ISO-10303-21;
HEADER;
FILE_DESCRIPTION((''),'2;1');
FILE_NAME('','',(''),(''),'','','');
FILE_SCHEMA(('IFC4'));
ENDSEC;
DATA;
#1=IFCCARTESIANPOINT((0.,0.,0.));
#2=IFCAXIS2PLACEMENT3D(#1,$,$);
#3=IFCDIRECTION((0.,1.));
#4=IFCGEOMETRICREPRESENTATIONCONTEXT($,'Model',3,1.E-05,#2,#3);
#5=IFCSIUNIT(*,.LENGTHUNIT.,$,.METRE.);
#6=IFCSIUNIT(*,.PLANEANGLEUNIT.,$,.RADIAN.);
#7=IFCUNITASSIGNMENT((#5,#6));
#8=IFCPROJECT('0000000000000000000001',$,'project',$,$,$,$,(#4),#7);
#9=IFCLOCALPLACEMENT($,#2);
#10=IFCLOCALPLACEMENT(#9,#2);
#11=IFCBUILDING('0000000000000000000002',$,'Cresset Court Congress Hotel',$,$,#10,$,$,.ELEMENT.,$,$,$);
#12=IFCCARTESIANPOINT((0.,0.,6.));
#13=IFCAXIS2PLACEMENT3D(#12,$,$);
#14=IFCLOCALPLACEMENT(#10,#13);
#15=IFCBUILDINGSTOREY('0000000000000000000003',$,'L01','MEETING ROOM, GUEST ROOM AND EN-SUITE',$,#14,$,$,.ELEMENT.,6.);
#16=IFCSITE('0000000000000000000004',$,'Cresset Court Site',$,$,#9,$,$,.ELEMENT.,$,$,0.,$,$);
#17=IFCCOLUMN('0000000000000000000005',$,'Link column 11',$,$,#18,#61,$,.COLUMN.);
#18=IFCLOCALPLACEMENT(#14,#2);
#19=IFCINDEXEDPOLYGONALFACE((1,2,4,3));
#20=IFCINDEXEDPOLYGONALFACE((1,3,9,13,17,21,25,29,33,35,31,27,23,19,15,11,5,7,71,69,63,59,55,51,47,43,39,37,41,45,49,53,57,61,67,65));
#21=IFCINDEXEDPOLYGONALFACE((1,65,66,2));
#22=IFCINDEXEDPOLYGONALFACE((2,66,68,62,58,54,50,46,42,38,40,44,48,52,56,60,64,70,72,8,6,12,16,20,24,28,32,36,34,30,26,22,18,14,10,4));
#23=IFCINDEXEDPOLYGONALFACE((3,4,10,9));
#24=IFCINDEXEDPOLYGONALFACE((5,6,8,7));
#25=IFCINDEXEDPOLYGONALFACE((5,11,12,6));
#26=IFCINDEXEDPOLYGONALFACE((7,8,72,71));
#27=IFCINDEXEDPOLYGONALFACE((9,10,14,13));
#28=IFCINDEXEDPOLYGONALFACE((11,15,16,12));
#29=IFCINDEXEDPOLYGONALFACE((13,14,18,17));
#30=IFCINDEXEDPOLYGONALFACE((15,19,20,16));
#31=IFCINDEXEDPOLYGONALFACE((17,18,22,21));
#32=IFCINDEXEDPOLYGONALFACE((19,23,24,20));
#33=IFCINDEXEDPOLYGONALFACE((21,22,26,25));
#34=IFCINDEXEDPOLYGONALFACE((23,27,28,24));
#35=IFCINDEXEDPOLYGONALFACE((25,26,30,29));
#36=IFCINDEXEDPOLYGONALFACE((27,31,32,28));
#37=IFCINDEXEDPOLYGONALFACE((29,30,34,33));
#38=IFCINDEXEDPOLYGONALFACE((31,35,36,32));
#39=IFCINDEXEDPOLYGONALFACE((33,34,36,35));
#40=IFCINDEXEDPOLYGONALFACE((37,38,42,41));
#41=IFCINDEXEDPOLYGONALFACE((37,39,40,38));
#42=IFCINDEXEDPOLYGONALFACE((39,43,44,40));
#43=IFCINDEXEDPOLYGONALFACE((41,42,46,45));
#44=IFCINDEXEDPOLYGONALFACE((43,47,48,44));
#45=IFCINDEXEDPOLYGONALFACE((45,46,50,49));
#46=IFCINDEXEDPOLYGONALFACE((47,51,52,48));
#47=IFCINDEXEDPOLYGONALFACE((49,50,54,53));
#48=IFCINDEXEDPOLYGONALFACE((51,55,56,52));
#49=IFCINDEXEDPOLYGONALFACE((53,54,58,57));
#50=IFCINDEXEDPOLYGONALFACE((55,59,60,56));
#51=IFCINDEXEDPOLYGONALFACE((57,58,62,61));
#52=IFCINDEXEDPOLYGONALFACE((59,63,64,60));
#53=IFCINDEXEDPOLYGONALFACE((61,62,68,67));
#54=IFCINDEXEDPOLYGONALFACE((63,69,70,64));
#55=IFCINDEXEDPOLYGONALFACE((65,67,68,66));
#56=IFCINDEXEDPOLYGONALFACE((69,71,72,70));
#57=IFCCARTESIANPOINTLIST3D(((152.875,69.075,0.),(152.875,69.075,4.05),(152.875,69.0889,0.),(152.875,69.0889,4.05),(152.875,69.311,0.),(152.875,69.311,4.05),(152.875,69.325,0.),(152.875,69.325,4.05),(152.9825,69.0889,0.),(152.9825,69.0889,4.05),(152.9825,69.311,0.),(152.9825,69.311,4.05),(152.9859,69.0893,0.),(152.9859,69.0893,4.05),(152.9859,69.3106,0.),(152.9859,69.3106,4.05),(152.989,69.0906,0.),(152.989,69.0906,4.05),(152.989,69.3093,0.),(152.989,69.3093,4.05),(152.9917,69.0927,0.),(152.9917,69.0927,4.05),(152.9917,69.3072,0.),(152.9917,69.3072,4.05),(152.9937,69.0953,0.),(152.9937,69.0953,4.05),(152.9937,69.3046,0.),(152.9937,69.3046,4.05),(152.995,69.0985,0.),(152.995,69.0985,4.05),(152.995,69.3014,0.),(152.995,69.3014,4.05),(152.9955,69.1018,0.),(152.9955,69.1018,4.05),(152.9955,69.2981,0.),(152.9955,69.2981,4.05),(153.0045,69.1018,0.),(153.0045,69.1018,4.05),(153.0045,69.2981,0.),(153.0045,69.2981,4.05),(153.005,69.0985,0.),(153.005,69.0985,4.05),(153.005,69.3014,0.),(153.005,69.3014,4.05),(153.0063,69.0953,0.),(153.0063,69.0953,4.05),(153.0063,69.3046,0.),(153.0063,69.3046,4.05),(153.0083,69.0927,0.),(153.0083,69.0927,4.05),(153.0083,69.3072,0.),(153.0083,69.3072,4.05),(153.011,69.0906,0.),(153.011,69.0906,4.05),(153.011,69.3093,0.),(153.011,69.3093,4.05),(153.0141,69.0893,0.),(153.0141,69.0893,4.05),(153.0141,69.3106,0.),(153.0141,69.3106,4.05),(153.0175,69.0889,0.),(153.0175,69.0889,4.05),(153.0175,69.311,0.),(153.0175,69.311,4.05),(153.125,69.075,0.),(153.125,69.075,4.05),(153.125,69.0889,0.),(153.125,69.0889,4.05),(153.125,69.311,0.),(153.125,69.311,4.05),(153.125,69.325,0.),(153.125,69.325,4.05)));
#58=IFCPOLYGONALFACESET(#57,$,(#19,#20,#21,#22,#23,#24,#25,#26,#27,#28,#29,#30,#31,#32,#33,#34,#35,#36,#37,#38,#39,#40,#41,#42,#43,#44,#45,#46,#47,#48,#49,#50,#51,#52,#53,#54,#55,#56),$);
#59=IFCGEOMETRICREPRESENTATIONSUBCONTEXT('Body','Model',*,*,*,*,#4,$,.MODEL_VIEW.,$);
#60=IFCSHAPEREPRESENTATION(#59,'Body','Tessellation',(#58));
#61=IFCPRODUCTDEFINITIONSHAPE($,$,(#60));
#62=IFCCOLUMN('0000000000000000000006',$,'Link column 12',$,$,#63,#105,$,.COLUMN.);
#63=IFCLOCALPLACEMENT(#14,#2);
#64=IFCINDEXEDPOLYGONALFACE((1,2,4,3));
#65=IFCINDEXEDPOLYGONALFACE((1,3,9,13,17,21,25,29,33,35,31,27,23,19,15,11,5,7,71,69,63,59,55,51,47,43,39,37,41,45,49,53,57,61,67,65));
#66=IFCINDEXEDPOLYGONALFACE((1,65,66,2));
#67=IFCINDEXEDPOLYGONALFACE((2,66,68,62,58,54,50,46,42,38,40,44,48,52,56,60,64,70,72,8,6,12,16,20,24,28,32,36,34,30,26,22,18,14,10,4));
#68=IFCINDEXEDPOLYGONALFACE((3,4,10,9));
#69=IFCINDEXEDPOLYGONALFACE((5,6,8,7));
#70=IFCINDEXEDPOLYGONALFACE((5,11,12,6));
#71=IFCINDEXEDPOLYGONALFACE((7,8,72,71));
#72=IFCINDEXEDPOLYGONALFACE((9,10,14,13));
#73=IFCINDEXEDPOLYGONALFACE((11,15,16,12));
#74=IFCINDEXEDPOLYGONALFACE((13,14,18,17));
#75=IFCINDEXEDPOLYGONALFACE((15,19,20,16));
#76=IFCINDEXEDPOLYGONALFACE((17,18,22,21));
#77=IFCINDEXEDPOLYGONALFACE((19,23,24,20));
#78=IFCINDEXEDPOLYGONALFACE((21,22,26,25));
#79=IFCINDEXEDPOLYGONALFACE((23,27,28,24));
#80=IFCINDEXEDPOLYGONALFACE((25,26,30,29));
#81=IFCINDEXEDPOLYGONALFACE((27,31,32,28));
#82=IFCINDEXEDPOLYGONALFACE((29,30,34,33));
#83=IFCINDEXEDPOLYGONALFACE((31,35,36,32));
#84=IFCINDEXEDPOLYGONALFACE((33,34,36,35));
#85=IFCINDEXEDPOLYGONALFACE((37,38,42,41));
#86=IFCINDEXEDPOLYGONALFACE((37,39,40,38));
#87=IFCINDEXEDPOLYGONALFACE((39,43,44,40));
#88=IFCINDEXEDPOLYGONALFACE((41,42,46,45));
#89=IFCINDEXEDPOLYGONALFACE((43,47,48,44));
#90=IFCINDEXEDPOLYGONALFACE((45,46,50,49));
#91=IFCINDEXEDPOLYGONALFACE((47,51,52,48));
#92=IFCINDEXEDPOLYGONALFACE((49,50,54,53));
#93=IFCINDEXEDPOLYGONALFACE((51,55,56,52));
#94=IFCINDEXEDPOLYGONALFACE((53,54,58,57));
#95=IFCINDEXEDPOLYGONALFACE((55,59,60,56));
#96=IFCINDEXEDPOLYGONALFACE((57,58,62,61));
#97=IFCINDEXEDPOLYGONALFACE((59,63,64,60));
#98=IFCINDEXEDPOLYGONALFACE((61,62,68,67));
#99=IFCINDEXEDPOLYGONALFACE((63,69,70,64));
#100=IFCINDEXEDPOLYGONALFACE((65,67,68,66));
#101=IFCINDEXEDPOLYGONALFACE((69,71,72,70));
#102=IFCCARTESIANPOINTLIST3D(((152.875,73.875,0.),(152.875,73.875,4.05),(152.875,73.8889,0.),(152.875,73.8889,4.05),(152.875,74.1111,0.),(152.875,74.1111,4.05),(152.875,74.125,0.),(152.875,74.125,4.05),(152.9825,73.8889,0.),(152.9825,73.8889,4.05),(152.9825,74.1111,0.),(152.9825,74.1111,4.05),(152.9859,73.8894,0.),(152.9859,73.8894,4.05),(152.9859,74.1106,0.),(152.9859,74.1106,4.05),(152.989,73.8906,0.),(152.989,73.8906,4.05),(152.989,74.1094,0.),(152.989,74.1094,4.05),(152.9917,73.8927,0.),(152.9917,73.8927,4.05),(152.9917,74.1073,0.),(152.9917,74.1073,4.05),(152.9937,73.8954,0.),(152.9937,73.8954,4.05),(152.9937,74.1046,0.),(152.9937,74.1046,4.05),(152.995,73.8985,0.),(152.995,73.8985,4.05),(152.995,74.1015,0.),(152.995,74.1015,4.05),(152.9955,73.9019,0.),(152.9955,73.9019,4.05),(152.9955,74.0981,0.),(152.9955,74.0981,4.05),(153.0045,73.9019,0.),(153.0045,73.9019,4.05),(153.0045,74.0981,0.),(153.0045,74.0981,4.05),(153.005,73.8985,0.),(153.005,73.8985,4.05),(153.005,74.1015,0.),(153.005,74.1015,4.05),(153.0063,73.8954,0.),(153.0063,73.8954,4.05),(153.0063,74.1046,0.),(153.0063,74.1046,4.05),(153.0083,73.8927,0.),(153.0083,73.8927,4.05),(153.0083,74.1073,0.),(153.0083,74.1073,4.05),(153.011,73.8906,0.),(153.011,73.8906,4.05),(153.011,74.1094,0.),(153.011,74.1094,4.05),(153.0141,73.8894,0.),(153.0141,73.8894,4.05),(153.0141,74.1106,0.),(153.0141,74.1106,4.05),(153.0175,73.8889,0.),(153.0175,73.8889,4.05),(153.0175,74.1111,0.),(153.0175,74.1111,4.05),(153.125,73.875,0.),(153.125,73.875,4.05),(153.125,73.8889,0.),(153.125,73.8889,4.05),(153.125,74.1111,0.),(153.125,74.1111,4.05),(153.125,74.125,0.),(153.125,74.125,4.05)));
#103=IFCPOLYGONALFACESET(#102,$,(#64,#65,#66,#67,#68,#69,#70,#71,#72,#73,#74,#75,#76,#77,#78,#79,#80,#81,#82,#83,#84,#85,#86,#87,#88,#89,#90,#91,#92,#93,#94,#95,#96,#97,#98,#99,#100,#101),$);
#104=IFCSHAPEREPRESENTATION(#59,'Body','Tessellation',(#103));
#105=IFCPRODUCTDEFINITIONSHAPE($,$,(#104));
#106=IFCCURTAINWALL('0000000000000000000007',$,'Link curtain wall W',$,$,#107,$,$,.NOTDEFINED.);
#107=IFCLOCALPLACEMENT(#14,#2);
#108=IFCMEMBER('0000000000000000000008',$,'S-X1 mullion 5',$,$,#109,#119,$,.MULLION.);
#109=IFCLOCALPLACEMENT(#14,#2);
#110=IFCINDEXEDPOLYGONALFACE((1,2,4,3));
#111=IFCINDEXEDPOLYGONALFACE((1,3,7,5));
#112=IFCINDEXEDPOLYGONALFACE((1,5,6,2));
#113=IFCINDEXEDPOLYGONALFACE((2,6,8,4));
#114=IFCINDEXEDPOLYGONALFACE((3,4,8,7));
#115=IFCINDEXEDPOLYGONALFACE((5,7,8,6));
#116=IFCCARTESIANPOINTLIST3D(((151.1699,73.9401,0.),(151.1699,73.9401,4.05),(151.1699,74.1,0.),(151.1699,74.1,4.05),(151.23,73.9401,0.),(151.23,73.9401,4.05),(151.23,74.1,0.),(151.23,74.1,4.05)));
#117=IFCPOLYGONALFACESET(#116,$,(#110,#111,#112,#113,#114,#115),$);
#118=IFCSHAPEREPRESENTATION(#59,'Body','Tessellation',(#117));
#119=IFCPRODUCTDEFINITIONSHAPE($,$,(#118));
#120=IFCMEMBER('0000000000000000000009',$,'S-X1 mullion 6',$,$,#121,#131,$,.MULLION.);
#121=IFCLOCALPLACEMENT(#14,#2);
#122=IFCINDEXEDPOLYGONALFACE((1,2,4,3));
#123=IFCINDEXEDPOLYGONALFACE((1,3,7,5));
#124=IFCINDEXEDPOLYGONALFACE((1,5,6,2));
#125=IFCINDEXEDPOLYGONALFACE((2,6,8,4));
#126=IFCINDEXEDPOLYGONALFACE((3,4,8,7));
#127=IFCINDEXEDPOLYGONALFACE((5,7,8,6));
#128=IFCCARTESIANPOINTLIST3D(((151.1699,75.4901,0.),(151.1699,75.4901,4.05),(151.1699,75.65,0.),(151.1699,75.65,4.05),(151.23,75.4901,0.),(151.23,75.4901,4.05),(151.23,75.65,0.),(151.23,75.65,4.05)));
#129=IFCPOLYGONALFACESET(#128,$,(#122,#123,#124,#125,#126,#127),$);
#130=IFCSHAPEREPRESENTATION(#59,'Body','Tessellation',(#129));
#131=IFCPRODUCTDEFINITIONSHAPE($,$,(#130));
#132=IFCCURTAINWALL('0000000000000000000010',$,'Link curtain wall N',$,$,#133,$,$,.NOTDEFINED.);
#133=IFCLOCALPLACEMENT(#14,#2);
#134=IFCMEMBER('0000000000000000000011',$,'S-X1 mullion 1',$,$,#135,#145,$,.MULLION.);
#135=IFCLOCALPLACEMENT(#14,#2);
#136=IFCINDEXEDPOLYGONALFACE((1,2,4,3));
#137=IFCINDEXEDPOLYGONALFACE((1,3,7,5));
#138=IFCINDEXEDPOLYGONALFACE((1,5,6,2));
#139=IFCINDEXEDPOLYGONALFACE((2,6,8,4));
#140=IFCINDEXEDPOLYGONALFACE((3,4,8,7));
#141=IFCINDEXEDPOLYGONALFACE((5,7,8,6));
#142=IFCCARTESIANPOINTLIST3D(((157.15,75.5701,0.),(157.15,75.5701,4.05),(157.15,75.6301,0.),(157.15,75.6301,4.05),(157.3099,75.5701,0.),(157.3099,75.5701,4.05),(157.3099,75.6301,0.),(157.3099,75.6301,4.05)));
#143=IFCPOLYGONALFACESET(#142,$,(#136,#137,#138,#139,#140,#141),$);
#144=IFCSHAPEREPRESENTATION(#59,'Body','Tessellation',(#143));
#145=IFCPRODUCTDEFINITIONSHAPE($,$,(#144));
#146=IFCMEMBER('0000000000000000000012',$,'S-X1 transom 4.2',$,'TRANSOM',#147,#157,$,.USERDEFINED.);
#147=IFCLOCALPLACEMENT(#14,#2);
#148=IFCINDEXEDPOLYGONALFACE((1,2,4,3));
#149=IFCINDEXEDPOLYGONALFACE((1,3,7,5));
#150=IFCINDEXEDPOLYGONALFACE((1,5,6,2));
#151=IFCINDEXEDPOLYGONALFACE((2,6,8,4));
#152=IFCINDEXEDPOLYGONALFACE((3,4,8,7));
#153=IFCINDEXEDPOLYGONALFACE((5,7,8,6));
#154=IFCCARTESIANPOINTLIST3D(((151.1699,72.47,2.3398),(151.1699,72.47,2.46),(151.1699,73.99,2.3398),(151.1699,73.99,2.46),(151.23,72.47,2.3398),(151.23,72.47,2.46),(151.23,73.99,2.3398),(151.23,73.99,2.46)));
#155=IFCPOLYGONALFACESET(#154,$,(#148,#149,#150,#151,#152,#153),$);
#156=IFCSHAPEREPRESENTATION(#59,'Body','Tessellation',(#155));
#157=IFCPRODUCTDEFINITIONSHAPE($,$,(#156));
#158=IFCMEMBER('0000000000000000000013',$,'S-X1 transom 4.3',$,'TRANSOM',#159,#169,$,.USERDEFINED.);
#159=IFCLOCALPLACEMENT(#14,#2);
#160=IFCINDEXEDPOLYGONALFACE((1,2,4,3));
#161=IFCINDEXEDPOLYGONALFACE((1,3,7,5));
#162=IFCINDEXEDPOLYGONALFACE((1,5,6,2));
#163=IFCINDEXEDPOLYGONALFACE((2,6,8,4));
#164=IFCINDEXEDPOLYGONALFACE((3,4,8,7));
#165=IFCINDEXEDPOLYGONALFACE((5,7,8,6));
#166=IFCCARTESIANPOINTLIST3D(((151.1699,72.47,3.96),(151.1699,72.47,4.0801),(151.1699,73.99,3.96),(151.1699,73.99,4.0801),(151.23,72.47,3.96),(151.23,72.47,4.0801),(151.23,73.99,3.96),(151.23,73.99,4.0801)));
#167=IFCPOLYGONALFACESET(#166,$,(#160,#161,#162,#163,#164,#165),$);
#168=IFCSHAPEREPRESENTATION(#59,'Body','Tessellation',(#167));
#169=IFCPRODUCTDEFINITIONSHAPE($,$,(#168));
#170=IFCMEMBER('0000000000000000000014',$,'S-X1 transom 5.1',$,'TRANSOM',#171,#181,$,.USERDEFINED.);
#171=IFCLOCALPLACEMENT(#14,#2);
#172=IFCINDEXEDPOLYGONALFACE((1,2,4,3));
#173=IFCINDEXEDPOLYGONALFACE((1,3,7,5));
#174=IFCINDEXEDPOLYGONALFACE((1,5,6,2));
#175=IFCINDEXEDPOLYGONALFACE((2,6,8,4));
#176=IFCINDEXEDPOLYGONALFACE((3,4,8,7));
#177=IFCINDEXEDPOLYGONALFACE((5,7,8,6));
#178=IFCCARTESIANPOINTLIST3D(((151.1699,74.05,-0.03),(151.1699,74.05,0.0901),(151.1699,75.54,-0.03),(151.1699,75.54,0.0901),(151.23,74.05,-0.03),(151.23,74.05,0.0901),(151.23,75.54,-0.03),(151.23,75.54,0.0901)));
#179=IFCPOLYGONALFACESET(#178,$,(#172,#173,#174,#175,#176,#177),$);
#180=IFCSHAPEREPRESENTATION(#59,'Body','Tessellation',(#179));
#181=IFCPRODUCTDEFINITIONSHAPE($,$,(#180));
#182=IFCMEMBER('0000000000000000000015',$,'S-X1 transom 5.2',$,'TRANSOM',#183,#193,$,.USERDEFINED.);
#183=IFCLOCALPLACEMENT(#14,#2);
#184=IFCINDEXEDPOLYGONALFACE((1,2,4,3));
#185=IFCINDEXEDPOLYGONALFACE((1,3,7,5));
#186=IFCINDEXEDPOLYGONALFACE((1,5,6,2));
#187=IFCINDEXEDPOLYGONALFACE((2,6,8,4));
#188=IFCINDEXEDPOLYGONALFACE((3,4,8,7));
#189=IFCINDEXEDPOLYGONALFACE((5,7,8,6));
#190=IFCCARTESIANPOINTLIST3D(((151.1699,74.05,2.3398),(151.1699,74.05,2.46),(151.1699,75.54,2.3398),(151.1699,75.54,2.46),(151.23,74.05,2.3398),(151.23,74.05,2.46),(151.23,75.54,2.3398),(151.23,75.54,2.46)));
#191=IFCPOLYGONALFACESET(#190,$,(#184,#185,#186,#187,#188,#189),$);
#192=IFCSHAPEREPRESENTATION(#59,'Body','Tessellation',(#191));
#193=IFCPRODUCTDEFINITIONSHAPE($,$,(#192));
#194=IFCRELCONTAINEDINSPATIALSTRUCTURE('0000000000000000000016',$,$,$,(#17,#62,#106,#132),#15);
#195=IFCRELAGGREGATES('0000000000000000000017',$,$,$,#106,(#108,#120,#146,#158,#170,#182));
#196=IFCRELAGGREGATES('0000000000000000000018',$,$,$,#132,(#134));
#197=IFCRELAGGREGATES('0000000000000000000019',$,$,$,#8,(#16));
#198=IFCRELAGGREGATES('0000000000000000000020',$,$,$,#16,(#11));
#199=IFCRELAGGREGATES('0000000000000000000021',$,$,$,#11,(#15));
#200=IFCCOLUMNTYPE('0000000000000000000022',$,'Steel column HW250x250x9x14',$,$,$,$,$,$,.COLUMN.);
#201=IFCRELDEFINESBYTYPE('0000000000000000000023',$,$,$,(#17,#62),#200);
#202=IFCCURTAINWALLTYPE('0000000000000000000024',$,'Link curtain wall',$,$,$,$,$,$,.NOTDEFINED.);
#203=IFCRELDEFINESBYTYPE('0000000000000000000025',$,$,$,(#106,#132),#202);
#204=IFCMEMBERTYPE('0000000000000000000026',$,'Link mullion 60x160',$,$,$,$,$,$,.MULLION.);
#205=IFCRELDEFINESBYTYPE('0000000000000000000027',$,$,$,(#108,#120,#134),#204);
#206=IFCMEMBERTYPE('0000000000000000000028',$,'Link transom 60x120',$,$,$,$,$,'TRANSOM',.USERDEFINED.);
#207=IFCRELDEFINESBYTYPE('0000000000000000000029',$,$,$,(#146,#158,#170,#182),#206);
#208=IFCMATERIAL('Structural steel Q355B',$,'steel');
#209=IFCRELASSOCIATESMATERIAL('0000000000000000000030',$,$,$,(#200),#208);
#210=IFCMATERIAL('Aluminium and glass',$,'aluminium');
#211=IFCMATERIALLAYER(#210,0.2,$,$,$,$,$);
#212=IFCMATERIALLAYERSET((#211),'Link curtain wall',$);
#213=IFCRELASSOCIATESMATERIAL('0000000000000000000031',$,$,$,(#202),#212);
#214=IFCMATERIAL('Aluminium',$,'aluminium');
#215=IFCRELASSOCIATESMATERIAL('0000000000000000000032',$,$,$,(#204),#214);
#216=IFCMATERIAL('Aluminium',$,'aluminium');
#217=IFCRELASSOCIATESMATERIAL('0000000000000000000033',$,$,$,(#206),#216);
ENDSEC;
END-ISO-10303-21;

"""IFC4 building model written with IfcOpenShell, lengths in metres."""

from ifc_helpers import new_model, si_unit, direction, frame, origin, origin_2d, place, context, subcontext, project, spatial, rectangle, i_section, extrude, material, layer, layer_set, material_profile, profile_set, type_object, element, aggregate, save


model = new_model("IFC4")

# Units and contexts
model_context = context("Model", 3, precision=1e-05, world=origin(), true_north=direction((0.0, 1.0)))
body_context = subcontext(model_context, "Body", "Model", "MODEL_VIEW")
ifc_project = project(units=[si_unit("LENGTHUNIT", "METRE"), si_unit("PLANEANGLEUNIT", "RADIAN")], contexts=[model_context])

# Site, building, storey
site_placement = place(None, origin())
site = spatial("IfcSite", under=ifc_project, at=site_placement, Name="Cresset Court Site", CompositionType="ELEMENT", RefElevation=0.0)
building_placement = place(site_placement, origin())
building = spatial("IfcBuilding", under=site, at=building_placement, Name="Cresset Court Congress Hotel", CompositionType="ELEMENT")
storey_placement = place(building_placement, frame((0.0, 0.0, 6.0)))
storey = spatial("IfcBuildingStorey", under=building, at=storey_placement, Name="L01", Description="MEETING ROOM, GUEST ROOM AND EN-SUITE", CompositionType="ELEMENT", Elevation=6.0)

# Columns
ifc_material_1 = material(Name="Structural steel Q355B", Category="steel")
ifc_material_profile_1 = material_profile(ifc_material_1, i_section(OverallWidth=0.25, OverallDepth=0.25, WebThickness=0.009, FlangeThickness=0.0139, FilletRadius=0.0129, at=origin_2d()), Name="HW250x250x9x14")
ifc_profile_set_1 = profile_set([ifc_material_profile_1], Name="Structural steel Q355B")
column_type = type_object("IfcColumnType", Name="Steel column HW250x250x9x14", PredefinedType="COLUMN", material=ifc_profile_set_1)
for number, where, z_axis, x_axis, name in (
    (1, (153.0, 69.2, 0.0), (0.0, 0.0, 1.0), (1.0, 0.0, 0.0), "Link column 11"),
    (2, (153.0, 74.0, 0.0), (0.0, 0.0, 1.0), (1.0, 0.0, 0.0), "Link column 12"),
):
    element("IfcColumn", number, at=place(storey_placement, frame(where, z_axis=z_axis, x_axis=x_axis)), inside=storey, type_object=column_type, Name=name, PredefinedType="COLUMN", context=body_context, shape_type="SweptSolid", body=[
        extrude(i_section(OverallWidth=0.25, OverallDepth=0.25, WebThickness=0.009, FlangeThickness=0.0139, FilletRadius=0.0129, at=origin_2d()), origin(), (0.0, 0.0, 1.0), 4.05),
    ])

# Curtain wall, members
ifc_material_2 = material(Name="Aluminium and glass", Category="aluminium")
ifc_layer_1 = layer(ifc_material_2, 0.2)
ifc_layer_set_1 = layer_set([ifc_layer_1], Name="Link curtain wall")
curtain_wall_type = type_object("IfcCurtainWallType", Name="Link curtain wall", PredefinedType="NOTDEFINED", material=ifc_layer_set_1)
curtain_wall_1_placement = place(storey_placement, origin())
curtain_wall_1 = element("IfcCurtainWall", 3, at=curtain_wall_1_placement, inside=storey, type_object=curtain_wall_type, Name="Link curtain wall W", PredefinedType="NOTDEFINED")
ifc_material_3 = material(Name="Aluminium", Category="aluminium")
ifc_material_profile_2 = material_profile(ifc_material_3, rectangle(XDim=0.0601, YDim=0.1599, at=origin_2d()), Name="Mullion 60x160")
ifc_profile_set_2 = profile_set([ifc_material_profile_2], Name="Aluminium")
member_type_1 = type_object("IfcMemberType", Name="Link mullion 60x160", PredefinedType="MULLION", material=ifc_profile_set_2)
member_1_placement = place(storey_placement, frame((151.2, 74.02, 0.0), z_axis=(0.0, 0.0, 1.0), x_axis=(-1.0, 0.0, 0.0)))
member_1 = element("IfcMember", 4, at=member_1_placement, type_object=member_type_1, Name="S-X1 mullion 5", PredefinedType="MULLION", context=body_context, shape_type="SweptSolid", body=[
    extrude(rectangle(XDim=0.0601, YDim=0.1599, at=origin_2d()), origin(), (0.0, 0.0, 1.0), 4.05),
])
member_2_placement = place(storey_placement, frame((151.2, 75.5701, 0.0), z_axis=(0.0, 0.0, 1.0), x_axis=(-1.0, 0.0, 0.0)))
member_2 = element("IfcMember", 5, at=member_2_placement, type_object=member_type_1, Name="S-X1 mullion 6", PredefinedType="MULLION", context=body_context, shape_type="SweptSolid", body=[
    extrude(rectangle(XDim=0.0601, YDim=0.1599, at=origin_2d()), origin(), (0.0, 0.0, 1.0), 4.05),
])

# Curtain wall, member
curtain_wall_2_placement = place(storey_placement, origin())
curtain_wall_2 = element("IfcCurtainWall", 6, at=curtain_wall_2_placement, inside=storey, type_object=curtain_wall_type, Name="Link curtain wall N", PredefinedType="NOTDEFINED")
member_3_placement = place(storey_placement, frame((157.23, 75.6001, 0.0), z_axis=(0.0, 0.0, 1.0), x_axis=(0.0, 1.0, 0.0)))
member_3 = element("IfcMember", 7, at=member_3_placement, type_object=member_type_1, Name="S-X1 mullion 1", PredefinedType="MULLION", context=body_context, shape_type="SweptSolid", body=[
    extrude(rectangle(XDim=0.0601, YDim=0.1599, at=origin_2d()), origin(), (0.0, 0.0, 1.0), 4.05),
])

# Members
ifc_material_4 = material(Name="Aluminium", Category="aluminium")
ifc_material_profile_3 = material_profile(ifc_material_4, rectangle(XDim=0.0601, YDim=0.1201, at=origin_2d()), Name="Transom 60x120")
ifc_profile_set_3 = profile_set([ifc_material_profile_3], Name="Aluminium")
member_type_2 = type_object("IfcMemberType", Name="Link transom 60x120", ElementType="TRANSOM", PredefinedType="USERDEFINED", material=ifc_profile_set_3)
member_4_placement = place(storey_placement, frame((151.2, 72.47, 2.3999), z_axis=(0.0, 1.0, 0.0), x_axis=(-1.0, 0.0, 0.0)))
member_4 = element("IfcMember", 8, at=member_4_placement, type_object=member_type_2, Name="S-X1 transom 4.2", ObjectType="TRANSOM", PredefinedType="USERDEFINED", context=body_context, shape_type="SweptSolid", body=[
    extrude(rectangle(XDim=0.0601, YDim=0.1201, at=origin_2d()), origin(), (0.0, 0.0, 1.0), 1.52),
])
member_5_placement = place(storey_placement, frame((151.2, 72.47, 4.02), z_axis=(0.0, 1.0, 0.0), x_axis=(-1.0, 0.0, 0.0)))
member_5 = element("IfcMember", 9, at=member_5_placement, type_object=member_type_2, Name="S-X1 transom 4.3", ObjectType="TRANSOM", PredefinedType="USERDEFINED", context=body_context, shape_type="SweptSolid", body=[
    extrude(rectangle(XDim=0.0601, YDim=0.1201, at=origin_2d()), origin(), (0.0, 0.0, 1.0), 1.52),
])
member_6_placement = place(storey_placement, frame((151.2, 74.05, 0.03), z_axis=(0.0, 1.0, 0.0), x_axis=(-1.0, 0.0, 0.0)))
member_6 = element("IfcMember", 10, at=member_6_placement, type_object=member_type_2, Name="S-X1 transom 5.1", ObjectType="TRANSOM", PredefinedType="USERDEFINED", context=body_context, shape_type="SweptSolid", body=[
    extrude(rectangle(XDim=0.0601, YDim=0.1201, at=origin_2d()), origin(), (0.0, 0.0, 1.0), 1.49),
])
member_7_placement = place(storey_placement, frame((151.2, 74.05, 2.3999), z_axis=(0.0, 1.0, 0.0), x_axis=(-1.0, 0.0, 0.0)))
member_7 = element("IfcMember", 11, at=member_7_placement, type_object=member_type_2, Name="S-X1 transom 5.2", ObjectType="TRANSOM", PredefinedType="USERDEFINED", context=body_context, shape_type="SweptSolid", body=[
    extrude(rectangle(XDim=0.0601, YDim=0.1201, at=origin_2d()), origin(), (0.0, 0.0, 1.0), 1.49),
])

aggregate(curtain_wall_1, [member_1, member_2, member_4, member_5, member_6, member_7])
aggregate(curtain_wall_2, [member_3])

save(model, "model.ifc")
